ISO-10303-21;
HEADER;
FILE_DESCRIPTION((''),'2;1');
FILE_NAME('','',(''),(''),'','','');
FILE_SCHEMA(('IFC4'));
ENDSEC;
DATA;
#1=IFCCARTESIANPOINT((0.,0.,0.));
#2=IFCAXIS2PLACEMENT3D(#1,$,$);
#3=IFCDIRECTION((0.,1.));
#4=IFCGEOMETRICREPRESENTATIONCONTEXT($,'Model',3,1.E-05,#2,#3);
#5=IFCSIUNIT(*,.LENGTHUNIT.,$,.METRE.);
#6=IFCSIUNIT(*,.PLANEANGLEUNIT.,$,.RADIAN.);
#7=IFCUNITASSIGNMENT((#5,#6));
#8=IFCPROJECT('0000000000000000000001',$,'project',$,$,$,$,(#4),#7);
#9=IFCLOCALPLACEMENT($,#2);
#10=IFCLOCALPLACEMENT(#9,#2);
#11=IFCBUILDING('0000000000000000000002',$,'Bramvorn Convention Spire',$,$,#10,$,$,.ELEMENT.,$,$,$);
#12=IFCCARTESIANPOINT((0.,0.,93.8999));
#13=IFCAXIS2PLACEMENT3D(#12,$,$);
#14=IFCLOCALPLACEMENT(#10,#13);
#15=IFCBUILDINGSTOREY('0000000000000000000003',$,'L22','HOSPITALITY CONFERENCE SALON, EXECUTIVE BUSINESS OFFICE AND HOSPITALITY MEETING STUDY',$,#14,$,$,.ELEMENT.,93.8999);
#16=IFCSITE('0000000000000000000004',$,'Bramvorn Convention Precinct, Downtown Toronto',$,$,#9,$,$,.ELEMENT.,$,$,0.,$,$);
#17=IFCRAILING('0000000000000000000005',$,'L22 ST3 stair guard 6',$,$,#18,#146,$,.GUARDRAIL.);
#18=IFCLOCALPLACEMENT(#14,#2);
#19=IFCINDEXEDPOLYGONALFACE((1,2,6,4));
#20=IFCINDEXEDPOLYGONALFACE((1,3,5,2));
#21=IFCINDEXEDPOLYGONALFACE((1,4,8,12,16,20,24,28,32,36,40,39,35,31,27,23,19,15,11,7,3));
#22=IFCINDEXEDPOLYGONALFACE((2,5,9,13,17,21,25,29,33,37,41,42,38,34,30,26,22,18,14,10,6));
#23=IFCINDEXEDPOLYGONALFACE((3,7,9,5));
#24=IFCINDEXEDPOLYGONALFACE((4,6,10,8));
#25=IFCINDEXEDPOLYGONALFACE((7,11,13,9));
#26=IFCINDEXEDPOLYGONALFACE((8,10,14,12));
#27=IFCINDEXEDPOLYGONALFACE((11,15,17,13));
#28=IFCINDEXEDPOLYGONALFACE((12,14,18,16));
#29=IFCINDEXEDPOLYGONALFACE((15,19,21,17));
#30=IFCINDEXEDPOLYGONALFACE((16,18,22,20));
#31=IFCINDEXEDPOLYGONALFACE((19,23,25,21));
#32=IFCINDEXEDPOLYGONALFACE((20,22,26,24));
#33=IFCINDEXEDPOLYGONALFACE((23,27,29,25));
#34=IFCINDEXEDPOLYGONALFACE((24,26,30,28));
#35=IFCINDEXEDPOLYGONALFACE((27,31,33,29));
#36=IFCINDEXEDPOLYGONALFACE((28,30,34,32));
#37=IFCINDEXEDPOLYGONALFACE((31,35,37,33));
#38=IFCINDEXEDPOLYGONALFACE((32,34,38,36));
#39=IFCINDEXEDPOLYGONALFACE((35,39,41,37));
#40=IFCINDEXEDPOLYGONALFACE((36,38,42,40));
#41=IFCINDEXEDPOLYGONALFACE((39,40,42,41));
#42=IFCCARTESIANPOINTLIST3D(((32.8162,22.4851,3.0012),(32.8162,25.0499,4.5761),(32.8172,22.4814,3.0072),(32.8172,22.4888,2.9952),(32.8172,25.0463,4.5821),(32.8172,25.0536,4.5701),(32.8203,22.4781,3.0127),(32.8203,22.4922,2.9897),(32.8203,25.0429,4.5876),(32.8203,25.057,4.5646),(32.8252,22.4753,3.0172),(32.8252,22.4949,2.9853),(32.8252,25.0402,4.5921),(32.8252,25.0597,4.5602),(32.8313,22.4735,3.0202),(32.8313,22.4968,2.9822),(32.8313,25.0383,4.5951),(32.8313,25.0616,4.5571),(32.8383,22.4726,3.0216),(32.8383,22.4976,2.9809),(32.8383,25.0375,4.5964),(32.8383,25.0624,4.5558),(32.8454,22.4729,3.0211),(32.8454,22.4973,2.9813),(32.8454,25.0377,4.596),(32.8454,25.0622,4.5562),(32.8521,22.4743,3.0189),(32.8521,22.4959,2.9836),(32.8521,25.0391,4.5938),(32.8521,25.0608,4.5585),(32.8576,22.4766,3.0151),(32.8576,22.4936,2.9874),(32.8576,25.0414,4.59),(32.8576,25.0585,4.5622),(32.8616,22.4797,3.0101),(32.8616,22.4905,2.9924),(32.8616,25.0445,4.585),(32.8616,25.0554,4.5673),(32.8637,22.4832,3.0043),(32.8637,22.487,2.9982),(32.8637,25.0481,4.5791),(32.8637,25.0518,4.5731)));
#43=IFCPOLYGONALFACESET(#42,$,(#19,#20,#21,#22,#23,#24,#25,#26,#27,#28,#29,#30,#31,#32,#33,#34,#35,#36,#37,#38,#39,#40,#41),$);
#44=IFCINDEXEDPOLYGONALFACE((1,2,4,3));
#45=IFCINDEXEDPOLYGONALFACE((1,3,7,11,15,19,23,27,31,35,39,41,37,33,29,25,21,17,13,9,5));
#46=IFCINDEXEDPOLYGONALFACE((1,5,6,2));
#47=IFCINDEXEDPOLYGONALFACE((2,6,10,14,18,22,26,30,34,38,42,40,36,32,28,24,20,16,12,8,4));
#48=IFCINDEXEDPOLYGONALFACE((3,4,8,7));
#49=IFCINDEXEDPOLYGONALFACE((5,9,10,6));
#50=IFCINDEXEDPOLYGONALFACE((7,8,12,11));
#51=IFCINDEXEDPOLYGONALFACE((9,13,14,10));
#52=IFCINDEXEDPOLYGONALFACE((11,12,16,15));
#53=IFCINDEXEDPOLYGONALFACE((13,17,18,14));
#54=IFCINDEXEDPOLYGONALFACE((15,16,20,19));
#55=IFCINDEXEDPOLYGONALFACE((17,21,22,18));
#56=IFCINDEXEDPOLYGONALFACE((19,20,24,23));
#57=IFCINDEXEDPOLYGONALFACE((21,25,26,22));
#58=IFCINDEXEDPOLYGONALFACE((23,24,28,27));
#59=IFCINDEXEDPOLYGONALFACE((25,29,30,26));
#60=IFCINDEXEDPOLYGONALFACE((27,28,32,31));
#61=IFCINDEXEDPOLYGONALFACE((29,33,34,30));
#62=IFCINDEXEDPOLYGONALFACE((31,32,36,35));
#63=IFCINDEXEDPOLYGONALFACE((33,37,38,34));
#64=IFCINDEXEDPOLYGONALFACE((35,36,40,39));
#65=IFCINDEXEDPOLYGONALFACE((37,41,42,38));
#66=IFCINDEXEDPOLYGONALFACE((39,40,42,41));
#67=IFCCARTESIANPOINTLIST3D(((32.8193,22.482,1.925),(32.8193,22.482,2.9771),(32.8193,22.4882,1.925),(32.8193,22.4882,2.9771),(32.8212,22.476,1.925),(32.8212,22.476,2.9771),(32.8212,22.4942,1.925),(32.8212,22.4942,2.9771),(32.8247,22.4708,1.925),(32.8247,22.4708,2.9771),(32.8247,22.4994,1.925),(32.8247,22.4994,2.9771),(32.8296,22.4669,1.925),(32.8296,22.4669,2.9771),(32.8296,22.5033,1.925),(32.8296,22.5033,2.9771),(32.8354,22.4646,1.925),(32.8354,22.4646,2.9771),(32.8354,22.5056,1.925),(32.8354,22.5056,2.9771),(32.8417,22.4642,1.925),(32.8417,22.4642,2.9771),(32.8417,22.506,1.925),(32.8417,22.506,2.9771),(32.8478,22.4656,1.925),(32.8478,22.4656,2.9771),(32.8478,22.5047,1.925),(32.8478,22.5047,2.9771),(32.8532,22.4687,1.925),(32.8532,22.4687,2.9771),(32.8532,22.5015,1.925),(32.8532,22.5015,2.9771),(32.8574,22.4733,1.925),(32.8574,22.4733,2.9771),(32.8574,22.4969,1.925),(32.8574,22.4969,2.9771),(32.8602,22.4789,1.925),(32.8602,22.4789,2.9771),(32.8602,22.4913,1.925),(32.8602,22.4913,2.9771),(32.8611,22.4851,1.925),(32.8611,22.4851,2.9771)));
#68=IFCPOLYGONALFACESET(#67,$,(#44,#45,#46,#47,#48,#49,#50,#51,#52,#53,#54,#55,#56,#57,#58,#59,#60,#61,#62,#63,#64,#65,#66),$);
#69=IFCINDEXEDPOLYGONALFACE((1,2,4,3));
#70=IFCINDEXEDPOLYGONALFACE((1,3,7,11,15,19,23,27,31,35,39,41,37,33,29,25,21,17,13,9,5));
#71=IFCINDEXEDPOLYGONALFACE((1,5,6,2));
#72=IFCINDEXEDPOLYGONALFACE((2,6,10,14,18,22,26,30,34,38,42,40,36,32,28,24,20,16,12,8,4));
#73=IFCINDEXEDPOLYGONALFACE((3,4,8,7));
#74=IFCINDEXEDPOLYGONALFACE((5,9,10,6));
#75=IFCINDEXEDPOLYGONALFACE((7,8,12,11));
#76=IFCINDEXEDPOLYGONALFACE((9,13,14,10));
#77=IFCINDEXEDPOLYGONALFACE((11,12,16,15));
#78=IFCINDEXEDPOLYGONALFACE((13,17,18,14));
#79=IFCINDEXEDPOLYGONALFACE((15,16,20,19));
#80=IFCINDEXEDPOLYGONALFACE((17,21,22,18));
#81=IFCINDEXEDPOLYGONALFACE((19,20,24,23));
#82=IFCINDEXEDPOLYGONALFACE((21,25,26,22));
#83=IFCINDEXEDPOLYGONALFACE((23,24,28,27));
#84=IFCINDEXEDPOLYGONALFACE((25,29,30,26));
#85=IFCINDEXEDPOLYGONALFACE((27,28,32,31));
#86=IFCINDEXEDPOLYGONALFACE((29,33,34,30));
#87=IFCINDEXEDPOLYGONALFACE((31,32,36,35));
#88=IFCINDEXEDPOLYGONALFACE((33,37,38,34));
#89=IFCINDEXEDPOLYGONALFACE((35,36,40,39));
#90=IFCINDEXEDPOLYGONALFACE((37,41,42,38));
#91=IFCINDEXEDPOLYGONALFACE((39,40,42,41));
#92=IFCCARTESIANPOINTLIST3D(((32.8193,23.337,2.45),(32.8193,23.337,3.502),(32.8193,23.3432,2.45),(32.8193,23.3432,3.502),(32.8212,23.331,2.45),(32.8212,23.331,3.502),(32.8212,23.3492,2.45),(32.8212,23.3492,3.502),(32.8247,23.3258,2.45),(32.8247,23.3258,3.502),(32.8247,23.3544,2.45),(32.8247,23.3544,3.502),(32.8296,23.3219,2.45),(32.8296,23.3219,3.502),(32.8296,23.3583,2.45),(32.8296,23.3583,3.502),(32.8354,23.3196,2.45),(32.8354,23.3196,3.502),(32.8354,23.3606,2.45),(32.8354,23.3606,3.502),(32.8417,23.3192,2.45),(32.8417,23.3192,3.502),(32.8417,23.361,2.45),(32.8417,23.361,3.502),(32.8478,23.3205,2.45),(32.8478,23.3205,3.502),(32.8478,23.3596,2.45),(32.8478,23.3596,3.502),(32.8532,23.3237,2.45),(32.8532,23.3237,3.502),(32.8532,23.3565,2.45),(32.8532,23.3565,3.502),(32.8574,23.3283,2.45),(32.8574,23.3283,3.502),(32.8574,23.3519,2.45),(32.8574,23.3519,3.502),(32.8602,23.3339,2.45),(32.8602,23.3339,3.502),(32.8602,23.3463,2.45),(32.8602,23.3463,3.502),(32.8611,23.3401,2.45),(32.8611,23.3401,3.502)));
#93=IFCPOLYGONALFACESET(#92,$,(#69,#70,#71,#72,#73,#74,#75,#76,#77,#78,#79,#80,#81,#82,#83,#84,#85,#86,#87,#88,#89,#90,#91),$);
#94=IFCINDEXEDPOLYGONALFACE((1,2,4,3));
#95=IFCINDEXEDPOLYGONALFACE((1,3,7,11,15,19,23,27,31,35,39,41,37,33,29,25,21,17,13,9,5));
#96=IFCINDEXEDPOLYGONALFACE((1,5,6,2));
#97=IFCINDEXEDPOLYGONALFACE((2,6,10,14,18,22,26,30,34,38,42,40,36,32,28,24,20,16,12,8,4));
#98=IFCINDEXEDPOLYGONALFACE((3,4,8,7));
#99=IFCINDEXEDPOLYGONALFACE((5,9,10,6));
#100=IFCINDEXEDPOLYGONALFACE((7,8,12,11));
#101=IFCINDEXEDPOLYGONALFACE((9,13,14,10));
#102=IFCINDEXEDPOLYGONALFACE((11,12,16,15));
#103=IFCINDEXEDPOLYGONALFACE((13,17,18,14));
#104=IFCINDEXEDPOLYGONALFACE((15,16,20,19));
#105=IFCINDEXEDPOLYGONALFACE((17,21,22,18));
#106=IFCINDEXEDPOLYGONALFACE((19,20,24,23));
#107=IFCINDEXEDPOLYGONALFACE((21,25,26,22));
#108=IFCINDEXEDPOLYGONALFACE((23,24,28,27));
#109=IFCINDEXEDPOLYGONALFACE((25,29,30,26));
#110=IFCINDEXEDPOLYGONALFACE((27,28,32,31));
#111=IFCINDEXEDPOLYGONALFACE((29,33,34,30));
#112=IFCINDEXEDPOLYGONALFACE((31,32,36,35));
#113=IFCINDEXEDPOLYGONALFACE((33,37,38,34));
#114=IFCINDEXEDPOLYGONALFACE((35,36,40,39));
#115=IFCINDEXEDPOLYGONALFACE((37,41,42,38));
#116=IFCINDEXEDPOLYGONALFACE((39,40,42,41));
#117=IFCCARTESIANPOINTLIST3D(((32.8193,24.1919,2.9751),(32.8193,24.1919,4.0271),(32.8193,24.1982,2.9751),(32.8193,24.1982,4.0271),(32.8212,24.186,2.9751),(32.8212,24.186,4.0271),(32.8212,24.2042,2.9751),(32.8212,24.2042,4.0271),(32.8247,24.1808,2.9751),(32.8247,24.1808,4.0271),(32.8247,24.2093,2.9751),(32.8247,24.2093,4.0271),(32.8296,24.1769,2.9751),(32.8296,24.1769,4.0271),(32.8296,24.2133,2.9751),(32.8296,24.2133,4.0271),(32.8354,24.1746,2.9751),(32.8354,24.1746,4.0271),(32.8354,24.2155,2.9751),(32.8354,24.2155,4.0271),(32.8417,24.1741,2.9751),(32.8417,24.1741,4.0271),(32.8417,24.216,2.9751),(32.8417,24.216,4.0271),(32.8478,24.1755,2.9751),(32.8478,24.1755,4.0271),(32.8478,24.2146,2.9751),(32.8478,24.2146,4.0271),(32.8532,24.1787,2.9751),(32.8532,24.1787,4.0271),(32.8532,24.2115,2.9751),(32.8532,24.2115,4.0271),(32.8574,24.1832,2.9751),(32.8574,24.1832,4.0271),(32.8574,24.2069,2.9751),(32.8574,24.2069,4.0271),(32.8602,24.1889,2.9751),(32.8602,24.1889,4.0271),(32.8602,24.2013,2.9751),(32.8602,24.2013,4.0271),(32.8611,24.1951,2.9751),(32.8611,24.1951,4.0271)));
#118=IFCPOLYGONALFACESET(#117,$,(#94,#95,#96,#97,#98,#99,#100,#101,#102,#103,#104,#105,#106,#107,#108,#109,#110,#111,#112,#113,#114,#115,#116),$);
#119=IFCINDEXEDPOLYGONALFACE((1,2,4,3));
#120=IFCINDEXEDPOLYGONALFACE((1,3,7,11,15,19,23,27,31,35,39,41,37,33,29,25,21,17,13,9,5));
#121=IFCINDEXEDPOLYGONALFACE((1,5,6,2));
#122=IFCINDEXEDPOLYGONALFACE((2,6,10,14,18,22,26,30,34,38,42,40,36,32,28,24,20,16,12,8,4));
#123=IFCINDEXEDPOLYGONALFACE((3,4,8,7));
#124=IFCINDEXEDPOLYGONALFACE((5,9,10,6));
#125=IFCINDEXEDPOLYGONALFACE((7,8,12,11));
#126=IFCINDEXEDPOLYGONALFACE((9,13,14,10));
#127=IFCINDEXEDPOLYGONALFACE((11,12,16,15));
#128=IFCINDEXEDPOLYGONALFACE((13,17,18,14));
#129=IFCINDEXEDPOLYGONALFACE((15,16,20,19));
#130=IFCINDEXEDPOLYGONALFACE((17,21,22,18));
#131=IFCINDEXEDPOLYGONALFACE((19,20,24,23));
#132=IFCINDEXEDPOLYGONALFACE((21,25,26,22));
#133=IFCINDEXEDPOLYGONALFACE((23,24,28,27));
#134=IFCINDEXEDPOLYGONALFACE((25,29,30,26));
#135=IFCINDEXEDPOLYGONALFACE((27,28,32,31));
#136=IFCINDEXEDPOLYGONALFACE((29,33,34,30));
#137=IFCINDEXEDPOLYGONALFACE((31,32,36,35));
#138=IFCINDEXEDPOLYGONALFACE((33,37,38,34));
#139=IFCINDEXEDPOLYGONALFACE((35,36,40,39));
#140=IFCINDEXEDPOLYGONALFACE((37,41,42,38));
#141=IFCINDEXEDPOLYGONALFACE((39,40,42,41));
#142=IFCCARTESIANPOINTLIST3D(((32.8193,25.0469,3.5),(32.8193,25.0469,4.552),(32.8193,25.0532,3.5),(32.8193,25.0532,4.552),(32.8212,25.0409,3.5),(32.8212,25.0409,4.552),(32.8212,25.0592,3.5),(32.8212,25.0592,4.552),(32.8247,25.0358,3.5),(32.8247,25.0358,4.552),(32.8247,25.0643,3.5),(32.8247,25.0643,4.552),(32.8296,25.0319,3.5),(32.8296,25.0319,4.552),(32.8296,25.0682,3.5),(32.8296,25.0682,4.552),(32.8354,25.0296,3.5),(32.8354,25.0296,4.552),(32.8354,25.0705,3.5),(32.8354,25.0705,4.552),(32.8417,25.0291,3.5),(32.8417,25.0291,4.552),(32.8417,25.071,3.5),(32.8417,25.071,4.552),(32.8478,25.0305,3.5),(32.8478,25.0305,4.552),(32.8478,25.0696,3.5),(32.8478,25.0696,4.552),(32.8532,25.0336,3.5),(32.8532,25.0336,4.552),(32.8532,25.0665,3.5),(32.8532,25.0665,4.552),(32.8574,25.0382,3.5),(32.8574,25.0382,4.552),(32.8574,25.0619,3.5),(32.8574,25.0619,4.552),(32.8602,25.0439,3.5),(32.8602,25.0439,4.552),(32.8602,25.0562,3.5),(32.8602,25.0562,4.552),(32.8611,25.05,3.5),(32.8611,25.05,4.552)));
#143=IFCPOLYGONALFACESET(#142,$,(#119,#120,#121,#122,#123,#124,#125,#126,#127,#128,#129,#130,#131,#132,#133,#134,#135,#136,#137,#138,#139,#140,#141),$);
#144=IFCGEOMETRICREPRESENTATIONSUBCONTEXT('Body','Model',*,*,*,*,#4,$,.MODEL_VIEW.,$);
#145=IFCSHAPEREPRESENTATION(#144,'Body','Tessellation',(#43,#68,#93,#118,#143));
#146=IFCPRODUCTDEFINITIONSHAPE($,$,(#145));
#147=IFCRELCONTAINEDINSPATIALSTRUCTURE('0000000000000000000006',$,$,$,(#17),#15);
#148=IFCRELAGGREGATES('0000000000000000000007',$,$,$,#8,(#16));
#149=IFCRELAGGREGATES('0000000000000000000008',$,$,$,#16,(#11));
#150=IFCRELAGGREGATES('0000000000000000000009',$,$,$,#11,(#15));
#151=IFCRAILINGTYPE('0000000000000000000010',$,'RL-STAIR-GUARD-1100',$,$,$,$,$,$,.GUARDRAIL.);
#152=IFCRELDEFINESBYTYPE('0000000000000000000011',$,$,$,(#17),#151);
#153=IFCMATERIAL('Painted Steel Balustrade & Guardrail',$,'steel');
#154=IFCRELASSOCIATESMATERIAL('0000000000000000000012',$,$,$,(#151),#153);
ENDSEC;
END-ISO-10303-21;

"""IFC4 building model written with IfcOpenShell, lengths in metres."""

from ifc_helpers import new_model, si_unit, direction, frame, origin, origin_2d, place, context, subcontext, project, spatial, circle, extrude, material, type_object, element, save


model = new_model("IFC4")

# Units and contexts
model_context = context("Model", 3, precision=1e-05, world=origin(), true_north=direction((0.0, 1.0)))
body_context = subcontext(model_context, "Body", "Model", "MODEL_VIEW")
ifc_project = project(units=[si_unit("LENGTHUNIT", "METRE"), si_unit("PLANEANGLEUNIT", "RADIAN")], contexts=[model_context])

# Site, building, storey
site_placement = place(None, origin())
site = spatial("IfcSite", under=ifc_project, at=site_placement, Name="Bramvorn Convention Precinct, Downtown Toronto", CompositionType="ELEMENT", RefElevation=0.0)
building_placement = place(site_placement, origin())
building = spatial("IfcBuilding", under=site, at=building_placement, Name="Bramvorn Convention Spire", CompositionType="ELEMENT")
storey_placement = place(building_placement, frame((0.0, 0.0, 93.8999)))
storey = spatial("IfcBuildingStorey", under=building, at=storey_placement, Name="L22", Description="HOSPITALITY CONFERENCE SALON, EXECUTIVE BUSINESS OFFICE AND HOSPITALITY MEETING STUDY", CompositionType="ELEMENT", Elevation=93.8999)

# Railing
ifc_material_1 = material(Name="Painted Steel Balustrade & Guardrail", Category="steel")
railing_type_1 = type_object("IfcRailingType", Name="RL-STAIR-GUARD-1100", PredefinedType="GUARDRAIL", material=ifc_material_1)
railing_1_placement = place(storey_placement, frame((32.8401, 22.4851, 1.925)))
element("IfcRailing", 1, at=railing_1_placement, inside=storey, type_object=railing_type_1, Name="L22 ST3 stair guard 6", PredefinedType="GUARDRAIL", context=body_context, shape_type="SweptSolid", body=[
    extrude(circle(Radius=0.0239, at=origin_2d()), frame((0.0, 0.0, 1.0762), z_axis=(0.0, 0.852173, 0.52326), x_axis=(-1.0, 0.0, 0.0)), (0.0, 0.0, 1.0), 3.0098),
    extrude(circle(Radius=0.021, at=origin_2d()), origin(), (0.0, 0.0, 1.0), 1.052),
    extrude(circle(Radius=0.021, at=origin_2d()), frame((0.0, 0.855, 0.5249)), (0.0, 0.0, 1.0), 1.052),
    extrude(circle(Radius=0.021, at=origin_2d()), frame((0.0, 1.71, 1.05)), (0.0, 0.0, 1.0), 1.052),
    extrude(circle(Radius=0.021, at=origin_2d()), frame((0.0, 2.5649, 1.575)), (0.0, 0.0, 1.0), 1.052),
])

save(model, "model.ifc")
